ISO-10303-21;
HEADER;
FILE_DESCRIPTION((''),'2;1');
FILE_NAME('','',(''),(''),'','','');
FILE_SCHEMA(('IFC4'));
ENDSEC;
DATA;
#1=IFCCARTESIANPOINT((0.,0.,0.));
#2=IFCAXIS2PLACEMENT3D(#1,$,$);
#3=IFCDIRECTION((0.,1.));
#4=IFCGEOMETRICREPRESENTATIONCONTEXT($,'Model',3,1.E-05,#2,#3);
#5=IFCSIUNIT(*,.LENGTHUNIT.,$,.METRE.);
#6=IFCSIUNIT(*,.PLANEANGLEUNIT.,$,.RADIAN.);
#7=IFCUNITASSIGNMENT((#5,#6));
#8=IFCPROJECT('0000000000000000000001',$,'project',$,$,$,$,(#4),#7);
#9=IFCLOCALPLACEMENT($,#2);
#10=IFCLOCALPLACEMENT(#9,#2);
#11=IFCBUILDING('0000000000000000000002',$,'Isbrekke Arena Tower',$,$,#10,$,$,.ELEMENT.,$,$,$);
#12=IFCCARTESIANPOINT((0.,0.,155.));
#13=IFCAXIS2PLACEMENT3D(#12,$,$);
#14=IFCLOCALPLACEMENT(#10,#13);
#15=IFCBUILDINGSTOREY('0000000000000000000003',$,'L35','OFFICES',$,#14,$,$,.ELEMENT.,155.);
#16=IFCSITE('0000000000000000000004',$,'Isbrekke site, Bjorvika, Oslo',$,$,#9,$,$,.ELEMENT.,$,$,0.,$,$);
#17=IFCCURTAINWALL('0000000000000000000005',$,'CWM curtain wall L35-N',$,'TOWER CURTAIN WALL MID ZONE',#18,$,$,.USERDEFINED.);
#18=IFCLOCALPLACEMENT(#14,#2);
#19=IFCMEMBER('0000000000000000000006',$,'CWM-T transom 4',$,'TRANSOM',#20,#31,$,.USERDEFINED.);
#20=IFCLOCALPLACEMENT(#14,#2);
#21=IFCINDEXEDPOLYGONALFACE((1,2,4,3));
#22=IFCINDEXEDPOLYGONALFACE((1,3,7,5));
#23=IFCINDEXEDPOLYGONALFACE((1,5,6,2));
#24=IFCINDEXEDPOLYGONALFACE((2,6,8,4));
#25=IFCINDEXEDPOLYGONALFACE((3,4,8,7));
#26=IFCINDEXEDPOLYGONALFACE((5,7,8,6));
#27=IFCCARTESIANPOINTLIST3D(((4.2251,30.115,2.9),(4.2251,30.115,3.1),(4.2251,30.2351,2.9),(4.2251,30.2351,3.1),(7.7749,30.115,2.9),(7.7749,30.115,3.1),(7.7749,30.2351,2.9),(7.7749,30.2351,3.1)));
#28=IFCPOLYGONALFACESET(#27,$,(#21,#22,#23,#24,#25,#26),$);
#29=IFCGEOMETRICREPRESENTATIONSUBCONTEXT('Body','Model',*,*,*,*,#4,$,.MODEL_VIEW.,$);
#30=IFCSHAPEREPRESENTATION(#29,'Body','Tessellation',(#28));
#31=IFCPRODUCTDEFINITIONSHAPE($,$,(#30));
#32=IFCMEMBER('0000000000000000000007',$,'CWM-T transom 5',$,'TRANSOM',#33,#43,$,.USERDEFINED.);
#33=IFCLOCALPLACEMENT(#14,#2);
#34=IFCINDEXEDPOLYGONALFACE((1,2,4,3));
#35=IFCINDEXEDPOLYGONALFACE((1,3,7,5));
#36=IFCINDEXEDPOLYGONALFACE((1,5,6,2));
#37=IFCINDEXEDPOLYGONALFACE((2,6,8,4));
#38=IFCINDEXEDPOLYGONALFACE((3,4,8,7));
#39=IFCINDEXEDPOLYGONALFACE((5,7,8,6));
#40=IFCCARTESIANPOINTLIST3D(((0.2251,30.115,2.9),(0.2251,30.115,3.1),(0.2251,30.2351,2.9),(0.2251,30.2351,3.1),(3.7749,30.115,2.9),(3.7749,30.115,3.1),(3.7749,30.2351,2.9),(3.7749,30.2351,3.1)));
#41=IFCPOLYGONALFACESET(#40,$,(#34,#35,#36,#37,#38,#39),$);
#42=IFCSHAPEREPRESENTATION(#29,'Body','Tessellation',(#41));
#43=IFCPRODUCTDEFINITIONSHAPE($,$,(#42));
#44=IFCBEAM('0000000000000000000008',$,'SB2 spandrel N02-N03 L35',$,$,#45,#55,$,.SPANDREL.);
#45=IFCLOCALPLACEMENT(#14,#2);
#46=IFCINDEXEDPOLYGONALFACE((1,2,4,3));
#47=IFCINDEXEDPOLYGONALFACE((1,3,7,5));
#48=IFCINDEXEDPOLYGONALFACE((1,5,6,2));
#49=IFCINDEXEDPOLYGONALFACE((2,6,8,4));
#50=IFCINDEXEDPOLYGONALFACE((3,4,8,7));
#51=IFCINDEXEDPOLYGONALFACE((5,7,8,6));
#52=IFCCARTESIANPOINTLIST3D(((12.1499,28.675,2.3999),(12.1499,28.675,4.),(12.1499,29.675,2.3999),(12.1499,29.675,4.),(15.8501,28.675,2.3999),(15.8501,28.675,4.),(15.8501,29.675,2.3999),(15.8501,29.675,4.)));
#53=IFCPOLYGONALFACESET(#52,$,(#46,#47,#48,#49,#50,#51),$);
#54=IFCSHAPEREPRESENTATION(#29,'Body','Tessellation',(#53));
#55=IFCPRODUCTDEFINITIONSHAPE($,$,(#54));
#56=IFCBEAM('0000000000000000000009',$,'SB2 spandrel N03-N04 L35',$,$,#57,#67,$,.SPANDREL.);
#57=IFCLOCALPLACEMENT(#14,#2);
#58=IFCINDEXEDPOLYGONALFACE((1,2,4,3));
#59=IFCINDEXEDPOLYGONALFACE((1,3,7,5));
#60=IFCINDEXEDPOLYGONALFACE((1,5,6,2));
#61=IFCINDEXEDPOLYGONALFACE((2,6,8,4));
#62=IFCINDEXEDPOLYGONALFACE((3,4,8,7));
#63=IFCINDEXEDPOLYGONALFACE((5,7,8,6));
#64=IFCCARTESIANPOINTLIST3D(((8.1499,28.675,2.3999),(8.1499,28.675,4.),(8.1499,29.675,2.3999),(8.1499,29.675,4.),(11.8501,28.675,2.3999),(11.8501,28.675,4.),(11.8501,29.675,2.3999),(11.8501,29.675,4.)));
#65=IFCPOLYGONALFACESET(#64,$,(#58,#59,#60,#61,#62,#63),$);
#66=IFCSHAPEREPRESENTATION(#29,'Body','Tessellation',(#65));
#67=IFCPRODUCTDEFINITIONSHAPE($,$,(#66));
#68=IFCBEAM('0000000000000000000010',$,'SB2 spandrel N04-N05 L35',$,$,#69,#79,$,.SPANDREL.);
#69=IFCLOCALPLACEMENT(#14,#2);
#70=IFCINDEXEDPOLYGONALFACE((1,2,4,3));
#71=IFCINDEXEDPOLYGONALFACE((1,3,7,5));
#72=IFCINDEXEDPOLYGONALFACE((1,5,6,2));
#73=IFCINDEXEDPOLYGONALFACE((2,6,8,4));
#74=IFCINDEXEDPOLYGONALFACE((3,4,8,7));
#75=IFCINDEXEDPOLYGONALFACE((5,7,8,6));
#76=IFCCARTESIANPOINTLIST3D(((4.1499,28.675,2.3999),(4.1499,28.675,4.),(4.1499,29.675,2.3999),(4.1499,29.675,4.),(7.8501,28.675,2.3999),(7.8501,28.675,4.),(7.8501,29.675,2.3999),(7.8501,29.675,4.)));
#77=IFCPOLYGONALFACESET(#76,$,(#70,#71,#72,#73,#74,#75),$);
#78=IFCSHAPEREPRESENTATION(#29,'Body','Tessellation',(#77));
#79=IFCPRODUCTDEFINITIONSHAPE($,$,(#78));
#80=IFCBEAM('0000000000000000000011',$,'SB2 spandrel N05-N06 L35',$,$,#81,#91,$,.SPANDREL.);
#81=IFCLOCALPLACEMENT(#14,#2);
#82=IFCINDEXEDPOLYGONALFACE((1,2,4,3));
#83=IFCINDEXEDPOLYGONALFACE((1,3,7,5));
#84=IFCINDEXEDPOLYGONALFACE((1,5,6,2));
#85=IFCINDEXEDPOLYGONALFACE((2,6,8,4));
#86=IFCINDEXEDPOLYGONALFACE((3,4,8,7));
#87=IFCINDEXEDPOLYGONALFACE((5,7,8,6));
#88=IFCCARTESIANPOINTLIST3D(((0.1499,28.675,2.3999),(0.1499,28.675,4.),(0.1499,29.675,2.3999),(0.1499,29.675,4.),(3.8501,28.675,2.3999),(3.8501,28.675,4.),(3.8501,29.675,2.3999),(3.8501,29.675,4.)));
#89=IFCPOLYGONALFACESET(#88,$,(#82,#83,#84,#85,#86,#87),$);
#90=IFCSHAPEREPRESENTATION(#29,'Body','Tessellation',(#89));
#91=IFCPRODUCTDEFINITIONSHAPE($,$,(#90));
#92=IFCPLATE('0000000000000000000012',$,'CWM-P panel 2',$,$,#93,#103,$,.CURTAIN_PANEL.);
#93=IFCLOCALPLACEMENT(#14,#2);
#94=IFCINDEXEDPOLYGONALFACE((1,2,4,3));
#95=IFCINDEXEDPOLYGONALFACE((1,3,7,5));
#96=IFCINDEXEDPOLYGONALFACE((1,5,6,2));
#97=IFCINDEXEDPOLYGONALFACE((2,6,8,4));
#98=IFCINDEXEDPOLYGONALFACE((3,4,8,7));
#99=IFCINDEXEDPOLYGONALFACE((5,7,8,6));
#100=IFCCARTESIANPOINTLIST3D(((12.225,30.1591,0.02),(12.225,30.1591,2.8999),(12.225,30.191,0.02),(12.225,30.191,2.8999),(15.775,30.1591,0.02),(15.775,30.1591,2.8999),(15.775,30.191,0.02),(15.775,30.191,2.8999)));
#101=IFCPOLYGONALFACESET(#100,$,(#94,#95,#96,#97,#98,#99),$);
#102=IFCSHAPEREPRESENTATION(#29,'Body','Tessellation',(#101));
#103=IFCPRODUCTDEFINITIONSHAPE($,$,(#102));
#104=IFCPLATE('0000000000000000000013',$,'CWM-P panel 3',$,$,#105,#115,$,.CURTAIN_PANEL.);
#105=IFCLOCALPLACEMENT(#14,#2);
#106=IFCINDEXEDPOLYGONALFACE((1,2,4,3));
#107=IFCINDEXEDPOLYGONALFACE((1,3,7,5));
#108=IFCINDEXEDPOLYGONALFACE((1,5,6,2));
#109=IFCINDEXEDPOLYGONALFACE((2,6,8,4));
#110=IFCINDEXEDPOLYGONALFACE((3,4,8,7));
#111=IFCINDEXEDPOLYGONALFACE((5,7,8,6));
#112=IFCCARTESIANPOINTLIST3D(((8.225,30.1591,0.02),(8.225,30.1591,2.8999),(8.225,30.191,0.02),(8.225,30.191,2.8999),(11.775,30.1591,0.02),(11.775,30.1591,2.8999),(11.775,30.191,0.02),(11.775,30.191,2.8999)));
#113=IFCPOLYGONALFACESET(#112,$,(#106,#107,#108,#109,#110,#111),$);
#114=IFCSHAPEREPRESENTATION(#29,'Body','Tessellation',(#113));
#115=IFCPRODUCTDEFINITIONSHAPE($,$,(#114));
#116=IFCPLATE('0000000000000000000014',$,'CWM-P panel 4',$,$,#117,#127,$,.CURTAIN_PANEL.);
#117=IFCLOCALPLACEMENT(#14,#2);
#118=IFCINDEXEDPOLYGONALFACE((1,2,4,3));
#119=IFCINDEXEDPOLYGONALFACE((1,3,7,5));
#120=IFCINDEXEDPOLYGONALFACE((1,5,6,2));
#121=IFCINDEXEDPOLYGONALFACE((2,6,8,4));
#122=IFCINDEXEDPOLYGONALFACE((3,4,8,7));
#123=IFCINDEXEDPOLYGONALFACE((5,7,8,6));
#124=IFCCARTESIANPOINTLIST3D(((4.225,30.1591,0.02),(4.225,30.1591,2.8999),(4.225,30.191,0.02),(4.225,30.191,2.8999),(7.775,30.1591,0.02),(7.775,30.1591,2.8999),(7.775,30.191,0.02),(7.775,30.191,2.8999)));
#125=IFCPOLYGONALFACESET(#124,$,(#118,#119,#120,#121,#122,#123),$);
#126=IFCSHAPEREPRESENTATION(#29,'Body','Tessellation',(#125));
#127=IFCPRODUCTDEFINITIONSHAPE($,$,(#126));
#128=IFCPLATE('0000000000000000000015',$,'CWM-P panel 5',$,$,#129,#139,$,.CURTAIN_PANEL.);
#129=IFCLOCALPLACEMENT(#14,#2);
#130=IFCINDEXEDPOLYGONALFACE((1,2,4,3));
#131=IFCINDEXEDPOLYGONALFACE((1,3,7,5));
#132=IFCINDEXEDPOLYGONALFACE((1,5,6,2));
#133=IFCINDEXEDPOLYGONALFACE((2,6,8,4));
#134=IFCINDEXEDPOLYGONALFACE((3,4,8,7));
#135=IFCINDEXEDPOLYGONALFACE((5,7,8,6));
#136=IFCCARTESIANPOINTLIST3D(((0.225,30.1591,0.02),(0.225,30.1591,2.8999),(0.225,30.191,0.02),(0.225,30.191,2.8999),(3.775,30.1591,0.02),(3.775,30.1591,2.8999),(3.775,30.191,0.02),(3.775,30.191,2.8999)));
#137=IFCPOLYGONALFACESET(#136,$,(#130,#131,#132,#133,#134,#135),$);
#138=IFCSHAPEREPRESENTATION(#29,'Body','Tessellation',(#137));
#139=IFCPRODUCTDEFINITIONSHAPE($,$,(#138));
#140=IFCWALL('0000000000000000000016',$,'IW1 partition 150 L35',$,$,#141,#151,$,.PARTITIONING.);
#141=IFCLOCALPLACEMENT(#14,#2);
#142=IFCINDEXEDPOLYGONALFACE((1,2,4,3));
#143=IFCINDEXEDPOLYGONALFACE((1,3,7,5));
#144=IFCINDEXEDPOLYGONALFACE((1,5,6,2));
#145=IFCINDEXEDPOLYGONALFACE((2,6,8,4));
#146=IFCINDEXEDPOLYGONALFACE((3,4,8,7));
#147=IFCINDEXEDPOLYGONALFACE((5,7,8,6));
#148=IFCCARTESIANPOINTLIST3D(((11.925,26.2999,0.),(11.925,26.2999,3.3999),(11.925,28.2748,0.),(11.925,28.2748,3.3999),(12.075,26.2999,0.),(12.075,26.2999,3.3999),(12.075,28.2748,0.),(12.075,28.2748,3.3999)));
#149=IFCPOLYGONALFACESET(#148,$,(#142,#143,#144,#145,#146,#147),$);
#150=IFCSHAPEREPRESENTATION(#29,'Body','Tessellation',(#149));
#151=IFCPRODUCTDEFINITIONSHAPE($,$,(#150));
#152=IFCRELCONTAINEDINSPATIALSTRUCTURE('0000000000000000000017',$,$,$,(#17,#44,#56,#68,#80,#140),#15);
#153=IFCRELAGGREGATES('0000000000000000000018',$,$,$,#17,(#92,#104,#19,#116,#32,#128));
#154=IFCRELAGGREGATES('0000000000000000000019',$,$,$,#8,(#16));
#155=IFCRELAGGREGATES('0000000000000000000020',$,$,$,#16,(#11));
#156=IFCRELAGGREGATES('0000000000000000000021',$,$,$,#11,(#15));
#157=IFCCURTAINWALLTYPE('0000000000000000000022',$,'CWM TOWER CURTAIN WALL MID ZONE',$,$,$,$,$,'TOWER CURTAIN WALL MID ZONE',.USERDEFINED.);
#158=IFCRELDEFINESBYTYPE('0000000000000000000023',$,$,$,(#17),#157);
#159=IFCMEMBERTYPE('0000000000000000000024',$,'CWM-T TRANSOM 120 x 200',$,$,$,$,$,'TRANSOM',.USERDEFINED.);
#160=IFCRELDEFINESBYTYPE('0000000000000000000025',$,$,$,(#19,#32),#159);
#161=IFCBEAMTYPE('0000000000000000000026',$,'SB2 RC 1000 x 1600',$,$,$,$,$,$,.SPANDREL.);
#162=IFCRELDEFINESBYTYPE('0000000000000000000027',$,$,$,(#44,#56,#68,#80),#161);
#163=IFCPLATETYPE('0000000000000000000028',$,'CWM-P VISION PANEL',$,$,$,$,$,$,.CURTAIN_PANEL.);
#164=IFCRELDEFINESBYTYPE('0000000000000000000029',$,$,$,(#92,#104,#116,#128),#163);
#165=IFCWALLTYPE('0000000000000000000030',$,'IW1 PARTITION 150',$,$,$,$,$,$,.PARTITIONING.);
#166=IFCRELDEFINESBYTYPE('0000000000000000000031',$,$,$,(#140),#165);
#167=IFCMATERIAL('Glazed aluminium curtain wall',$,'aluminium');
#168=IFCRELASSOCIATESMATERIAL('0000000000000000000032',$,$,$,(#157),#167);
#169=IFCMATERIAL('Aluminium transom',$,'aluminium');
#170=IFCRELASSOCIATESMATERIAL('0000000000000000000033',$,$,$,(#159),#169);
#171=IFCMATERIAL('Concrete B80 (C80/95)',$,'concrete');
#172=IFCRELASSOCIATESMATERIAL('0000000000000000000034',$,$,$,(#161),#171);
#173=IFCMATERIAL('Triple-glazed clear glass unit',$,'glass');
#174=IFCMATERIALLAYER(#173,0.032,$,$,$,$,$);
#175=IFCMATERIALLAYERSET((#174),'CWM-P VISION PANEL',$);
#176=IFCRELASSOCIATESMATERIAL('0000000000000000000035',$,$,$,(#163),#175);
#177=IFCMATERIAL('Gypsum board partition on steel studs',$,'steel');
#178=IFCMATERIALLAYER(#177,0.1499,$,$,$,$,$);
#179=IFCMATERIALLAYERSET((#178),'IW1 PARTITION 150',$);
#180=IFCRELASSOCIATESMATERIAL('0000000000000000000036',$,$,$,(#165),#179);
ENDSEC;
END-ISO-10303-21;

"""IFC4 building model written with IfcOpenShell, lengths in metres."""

from ifc_helpers import new_model, si_unit, direction, frame, frame_2d, origin, origin_2d, place, context, subcontext, project, spatial, rectangle, extrude, material, layer, layer_set, material_profile, profile_set, type_object, element, aggregate, save


model = new_model("IFC4")

# Units and contexts
model_context = context("Model", 3, precision=1e-05, world=origin(), true_north=direction((0.0, 1.0)))
body_context = subcontext(model_context, "Body", "Model", "MODEL_VIEW")
ifc_project = project(units=[si_unit("LENGTHUNIT", "METRE"), si_unit("PLANEANGLEUNIT", "RADIAN")], contexts=[model_context])

# Site, building, storey
site_placement = place(None, origin())
site = spatial("IfcSite", under=ifc_project, at=site_placement, Name="Isbrekke site, Bjorvika, Oslo", CompositionType="ELEMENT", RefElevation=0.0)
building_placement = place(site_placement, origin())
building = spatial("IfcBuilding", under=site, at=building_placement, Name="Isbrekke Arena Tower", CompositionType="ELEMENT")
storey_placement = place(building_placement, frame((0.0, 0.0, 155.0)))
storey = spatial("IfcBuildingStorey", under=building, at=storey_placement, Name="L35", Description="OFFICES", CompositionType="ELEMENT", Elevation=155.0)

# Curtain wall, members
ifc_material_1 = material(Name="Glazed aluminium curtain wall", Category="aluminium")
curtain_wall_type = type_object("IfcCurtainWallType", Name="CWM TOWER CURTAIN WALL MID ZONE", ElementType="TOWER CURTAIN WALL MID ZONE", PredefinedType="USERDEFINED", material=ifc_material_1)
curtain_wall_placement = place(storey_placement, origin())
curtain_wall = element("IfcCurtainWall", 1, at=curtain_wall_placement, inside=storey, type_object=curtain_wall_type, Name="CWM curtain wall L35-N", ObjectType="TOWER CURTAIN WALL MID ZONE", PredefinedType="USERDEFINED")
ifc_material_2 = material(Name="Aluminium transom", Category="aluminium")
ifc_material_profile_1 = material_profile(ifc_material_2, rectangle(XDim=0.1201, YDim=0.2, at=origin_2d()), Name="TRANSOM 120X200")
ifc_profile_set_1 = profile_set([ifc_material_profile_1], Name="Aluminium transom")
member_type_1 = type_object("IfcMemberType", Name="CWM-T TRANSOM 120 x 200", ElementType="TRANSOM", PredefinedType="USERDEFINED", material=ifc_profile_set_1)
member_1_placement = place(storey_placement, frame((7.7749, 30.175, 3.0), z_axis=(-1.0, 0.0, 0.0), x_axis=(0.0, -1.0, 0.0)))
member_1 = element("IfcMember", 2, at=member_1_placement, type_object=member_type_1, Name="CWM-T transom 4", ObjectType="TRANSOM", PredefinedType="USERDEFINED", context=body_context, shape_type="SweptSolid", body=[
    extrude(rectangle(XDim=0.1201, YDim=0.2, at=origin_2d()), origin(), (0.0, 0.0, 1.0), 3.5498),
])
member_2_placement = place(storey_placement, frame((3.7749, 30.175, 3.0), z_axis=(-1.0, 0.0, 0.0), x_axis=(0.0, -1.0, 0.0)))
member_2 = element("IfcMember", 3, at=member_2_placement, type_object=member_type_1, Name="CWM-T transom 5", ObjectType="TRANSOM", PredefinedType="USERDEFINED", context=body_context, shape_type="SweptSolid", body=[
    extrude(rectangle(XDim=0.1201, YDim=0.2, at=origin_2d()), origin(), (0.0, 0.0, 1.0), 3.5498),
])

# Beams
ifc_material_3 = material(Name="Concrete B80 (C80/95)", Category="concrete")
ifc_material_profile_2 = material_profile(ifc_material_3, rectangle(XDim=1.0, YDim=1.6001, at=origin_2d()), Name="RC 1000x1600")
ifc_profile_set_2 = profile_set([ifc_material_profile_2], Name="Concrete B80 (C80/95)")
beam_type_1 = type_object("IfcBeamType", Name="SB2 RC 1000 x 1600", PredefinedType="SPANDREL", material=ifc_profile_set_2)
for number, where, z_axis, x_axis, name in (
    (4, (15.8501, 29.175, 3.2), (-1.0, 0.0, 0.0), (0.0, -1.0, 0.0), "SB2 spandrel N02-N03 L35"),
    (5, (11.8501, 29.175, 3.2), (-1.0, 0.0, 0.0), (0.0, -1.0, 0.0), "SB2 spandrel N03-N04 L35"),
    (6, (7.8501, 29.175, 3.2), (-1.0, 0.0, 0.0), (0.0, -1.0, 0.0), "SB2 spandrel N04-N05 L35"),
    (7, (3.8501, 29.175, 3.2), (-1.0, 0.0, 0.0), (0.0, -1.0, 0.0), "SB2 spandrel N05-N06 L35"),
):
    element("IfcBeam", number, at=place(storey_placement, frame(where, z_axis=z_axis, x_axis=x_axis)), inside=storey, type_object=beam_type_1, Name=name, PredefinedType="SPANDREL", context=body_context, shape_type="SweptSolid", body=[
        extrude(rectangle(XDim=1.0, YDim=1.6001, at=origin_2d()), origin(), (0.0, 0.0, 1.0), 3.7002),
    ])

# Plates
ifc_material_4 = material(Name="Triple-glazed clear glass unit", Category="glass")
ifc_layer_1 = layer(ifc_material_4, 0.032)
ifc_layer_set_1 = layer_set([ifc_layer_1], Name="CWM-P VISION PANEL")
plate_type = type_object("IfcPlateType", Name="CWM-P VISION PANEL", PredefinedType="CURTAIN_PANEL", material=ifc_layer_set_1)
plate_1_placement = place(storey_placement, frame((14.0, 30.175, 0.02), z_axis=(0.0, 0.0, 1.0), x_axis=(-1.0, 0.0, 0.0)))
plate_1 = element("IfcPlate", 8, at=plate_1_placement, type_object=plate_type, Name="CWM-P panel 2", PredefinedType="CURTAIN_PANEL", context=body_context, shape_type="SweptSolid", body=[
    extrude(rectangle(XDim=3.55, YDim=0.032, at=origin_2d()), origin(), (0.0, 0.0, 1.0), 2.8799),
])
plate_2_placement = place(storey_placement, frame((10.0, 30.175, 0.02), z_axis=(0.0, 0.0, 1.0), x_axis=(-1.0, 0.0, 0.0)))
plate_2 = element("IfcPlate", 9, at=plate_2_placement, type_object=plate_type, Name="CWM-P panel 3", PredefinedType="CURTAIN_PANEL", context=body_context, shape_type="SweptSolid", body=[
    extrude(rectangle(XDim=3.55, YDim=0.032, at=origin_2d()), origin(), (0.0, 0.0, 1.0), 2.8799),
])
plate_3_placement = place(storey_placement, frame((6.0, 30.175, 0.02), z_axis=(0.0, 0.0, 1.0), x_axis=(-1.0, 0.0, 0.0)))
plate_3 = element("IfcPlate", 10, at=plate_3_placement, type_object=plate_type, Name="CWM-P panel 4", PredefinedType="CURTAIN_PANEL", context=body_context, shape_type="SweptSolid", body=[
    extrude(rectangle(XDim=3.55, YDim=0.032, at=origin_2d()), origin(), (0.0, 0.0, 1.0), 2.8799),
])
plate_4_placement = place(storey_placement, frame((2.0, 30.175, 0.02), z_axis=(0.0, 0.0, 1.0), x_axis=(-1.0, 0.0, 0.0)))
plate_4 = element("IfcPlate", 11, at=plate_4_placement, type_object=plate_type, Name="CWM-P panel 5", PredefinedType="CURTAIN_PANEL", context=body_context, shape_type="SweptSolid", body=[
    extrude(rectangle(XDim=3.55, YDim=0.032, at=origin_2d()), origin(), (0.0, 0.0, 1.0), 2.8799),
])
aggregate(curtain_wall, [plate_1, plate_2, member_1, plate_3, member_2, plate_4])

# Wall
ifc_material_5 = material(Name="Gypsum board partition on steel studs", Category="steel")
ifc_layer_2 = layer(ifc_material_5, 0.1499)
ifc_layer_set_2 = layer_set([ifc_layer_2], Name="IW1 PARTITION 150")
wall_type = type_object("IfcWallType", Name="IW1 PARTITION 150", PredefinedType="PARTITIONING", material=ifc_layer_set_2)
wall_placement = place(storey_placement, frame((12.0, 26.3, 0.0), z_axis=(0.0, 0.0, 1.0), x_axis=(0.0, 1.0, 0.0)))
element("IfcWall", 12, at=wall_placement, inside=storey, type_object=wall_type, Name="IW1 partition 150 L35", PredefinedType="PARTITIONING", context=body_context, shape_type="SweptSolid", body=[
    extrude(rectangle(XDim=1.9749, YDim=0.1499, at=frame_2d((0.9873, 0.0))), origin(), (0.0, 0.0, 1.0), 3.3999),
])

save(model, "model.ifc")
